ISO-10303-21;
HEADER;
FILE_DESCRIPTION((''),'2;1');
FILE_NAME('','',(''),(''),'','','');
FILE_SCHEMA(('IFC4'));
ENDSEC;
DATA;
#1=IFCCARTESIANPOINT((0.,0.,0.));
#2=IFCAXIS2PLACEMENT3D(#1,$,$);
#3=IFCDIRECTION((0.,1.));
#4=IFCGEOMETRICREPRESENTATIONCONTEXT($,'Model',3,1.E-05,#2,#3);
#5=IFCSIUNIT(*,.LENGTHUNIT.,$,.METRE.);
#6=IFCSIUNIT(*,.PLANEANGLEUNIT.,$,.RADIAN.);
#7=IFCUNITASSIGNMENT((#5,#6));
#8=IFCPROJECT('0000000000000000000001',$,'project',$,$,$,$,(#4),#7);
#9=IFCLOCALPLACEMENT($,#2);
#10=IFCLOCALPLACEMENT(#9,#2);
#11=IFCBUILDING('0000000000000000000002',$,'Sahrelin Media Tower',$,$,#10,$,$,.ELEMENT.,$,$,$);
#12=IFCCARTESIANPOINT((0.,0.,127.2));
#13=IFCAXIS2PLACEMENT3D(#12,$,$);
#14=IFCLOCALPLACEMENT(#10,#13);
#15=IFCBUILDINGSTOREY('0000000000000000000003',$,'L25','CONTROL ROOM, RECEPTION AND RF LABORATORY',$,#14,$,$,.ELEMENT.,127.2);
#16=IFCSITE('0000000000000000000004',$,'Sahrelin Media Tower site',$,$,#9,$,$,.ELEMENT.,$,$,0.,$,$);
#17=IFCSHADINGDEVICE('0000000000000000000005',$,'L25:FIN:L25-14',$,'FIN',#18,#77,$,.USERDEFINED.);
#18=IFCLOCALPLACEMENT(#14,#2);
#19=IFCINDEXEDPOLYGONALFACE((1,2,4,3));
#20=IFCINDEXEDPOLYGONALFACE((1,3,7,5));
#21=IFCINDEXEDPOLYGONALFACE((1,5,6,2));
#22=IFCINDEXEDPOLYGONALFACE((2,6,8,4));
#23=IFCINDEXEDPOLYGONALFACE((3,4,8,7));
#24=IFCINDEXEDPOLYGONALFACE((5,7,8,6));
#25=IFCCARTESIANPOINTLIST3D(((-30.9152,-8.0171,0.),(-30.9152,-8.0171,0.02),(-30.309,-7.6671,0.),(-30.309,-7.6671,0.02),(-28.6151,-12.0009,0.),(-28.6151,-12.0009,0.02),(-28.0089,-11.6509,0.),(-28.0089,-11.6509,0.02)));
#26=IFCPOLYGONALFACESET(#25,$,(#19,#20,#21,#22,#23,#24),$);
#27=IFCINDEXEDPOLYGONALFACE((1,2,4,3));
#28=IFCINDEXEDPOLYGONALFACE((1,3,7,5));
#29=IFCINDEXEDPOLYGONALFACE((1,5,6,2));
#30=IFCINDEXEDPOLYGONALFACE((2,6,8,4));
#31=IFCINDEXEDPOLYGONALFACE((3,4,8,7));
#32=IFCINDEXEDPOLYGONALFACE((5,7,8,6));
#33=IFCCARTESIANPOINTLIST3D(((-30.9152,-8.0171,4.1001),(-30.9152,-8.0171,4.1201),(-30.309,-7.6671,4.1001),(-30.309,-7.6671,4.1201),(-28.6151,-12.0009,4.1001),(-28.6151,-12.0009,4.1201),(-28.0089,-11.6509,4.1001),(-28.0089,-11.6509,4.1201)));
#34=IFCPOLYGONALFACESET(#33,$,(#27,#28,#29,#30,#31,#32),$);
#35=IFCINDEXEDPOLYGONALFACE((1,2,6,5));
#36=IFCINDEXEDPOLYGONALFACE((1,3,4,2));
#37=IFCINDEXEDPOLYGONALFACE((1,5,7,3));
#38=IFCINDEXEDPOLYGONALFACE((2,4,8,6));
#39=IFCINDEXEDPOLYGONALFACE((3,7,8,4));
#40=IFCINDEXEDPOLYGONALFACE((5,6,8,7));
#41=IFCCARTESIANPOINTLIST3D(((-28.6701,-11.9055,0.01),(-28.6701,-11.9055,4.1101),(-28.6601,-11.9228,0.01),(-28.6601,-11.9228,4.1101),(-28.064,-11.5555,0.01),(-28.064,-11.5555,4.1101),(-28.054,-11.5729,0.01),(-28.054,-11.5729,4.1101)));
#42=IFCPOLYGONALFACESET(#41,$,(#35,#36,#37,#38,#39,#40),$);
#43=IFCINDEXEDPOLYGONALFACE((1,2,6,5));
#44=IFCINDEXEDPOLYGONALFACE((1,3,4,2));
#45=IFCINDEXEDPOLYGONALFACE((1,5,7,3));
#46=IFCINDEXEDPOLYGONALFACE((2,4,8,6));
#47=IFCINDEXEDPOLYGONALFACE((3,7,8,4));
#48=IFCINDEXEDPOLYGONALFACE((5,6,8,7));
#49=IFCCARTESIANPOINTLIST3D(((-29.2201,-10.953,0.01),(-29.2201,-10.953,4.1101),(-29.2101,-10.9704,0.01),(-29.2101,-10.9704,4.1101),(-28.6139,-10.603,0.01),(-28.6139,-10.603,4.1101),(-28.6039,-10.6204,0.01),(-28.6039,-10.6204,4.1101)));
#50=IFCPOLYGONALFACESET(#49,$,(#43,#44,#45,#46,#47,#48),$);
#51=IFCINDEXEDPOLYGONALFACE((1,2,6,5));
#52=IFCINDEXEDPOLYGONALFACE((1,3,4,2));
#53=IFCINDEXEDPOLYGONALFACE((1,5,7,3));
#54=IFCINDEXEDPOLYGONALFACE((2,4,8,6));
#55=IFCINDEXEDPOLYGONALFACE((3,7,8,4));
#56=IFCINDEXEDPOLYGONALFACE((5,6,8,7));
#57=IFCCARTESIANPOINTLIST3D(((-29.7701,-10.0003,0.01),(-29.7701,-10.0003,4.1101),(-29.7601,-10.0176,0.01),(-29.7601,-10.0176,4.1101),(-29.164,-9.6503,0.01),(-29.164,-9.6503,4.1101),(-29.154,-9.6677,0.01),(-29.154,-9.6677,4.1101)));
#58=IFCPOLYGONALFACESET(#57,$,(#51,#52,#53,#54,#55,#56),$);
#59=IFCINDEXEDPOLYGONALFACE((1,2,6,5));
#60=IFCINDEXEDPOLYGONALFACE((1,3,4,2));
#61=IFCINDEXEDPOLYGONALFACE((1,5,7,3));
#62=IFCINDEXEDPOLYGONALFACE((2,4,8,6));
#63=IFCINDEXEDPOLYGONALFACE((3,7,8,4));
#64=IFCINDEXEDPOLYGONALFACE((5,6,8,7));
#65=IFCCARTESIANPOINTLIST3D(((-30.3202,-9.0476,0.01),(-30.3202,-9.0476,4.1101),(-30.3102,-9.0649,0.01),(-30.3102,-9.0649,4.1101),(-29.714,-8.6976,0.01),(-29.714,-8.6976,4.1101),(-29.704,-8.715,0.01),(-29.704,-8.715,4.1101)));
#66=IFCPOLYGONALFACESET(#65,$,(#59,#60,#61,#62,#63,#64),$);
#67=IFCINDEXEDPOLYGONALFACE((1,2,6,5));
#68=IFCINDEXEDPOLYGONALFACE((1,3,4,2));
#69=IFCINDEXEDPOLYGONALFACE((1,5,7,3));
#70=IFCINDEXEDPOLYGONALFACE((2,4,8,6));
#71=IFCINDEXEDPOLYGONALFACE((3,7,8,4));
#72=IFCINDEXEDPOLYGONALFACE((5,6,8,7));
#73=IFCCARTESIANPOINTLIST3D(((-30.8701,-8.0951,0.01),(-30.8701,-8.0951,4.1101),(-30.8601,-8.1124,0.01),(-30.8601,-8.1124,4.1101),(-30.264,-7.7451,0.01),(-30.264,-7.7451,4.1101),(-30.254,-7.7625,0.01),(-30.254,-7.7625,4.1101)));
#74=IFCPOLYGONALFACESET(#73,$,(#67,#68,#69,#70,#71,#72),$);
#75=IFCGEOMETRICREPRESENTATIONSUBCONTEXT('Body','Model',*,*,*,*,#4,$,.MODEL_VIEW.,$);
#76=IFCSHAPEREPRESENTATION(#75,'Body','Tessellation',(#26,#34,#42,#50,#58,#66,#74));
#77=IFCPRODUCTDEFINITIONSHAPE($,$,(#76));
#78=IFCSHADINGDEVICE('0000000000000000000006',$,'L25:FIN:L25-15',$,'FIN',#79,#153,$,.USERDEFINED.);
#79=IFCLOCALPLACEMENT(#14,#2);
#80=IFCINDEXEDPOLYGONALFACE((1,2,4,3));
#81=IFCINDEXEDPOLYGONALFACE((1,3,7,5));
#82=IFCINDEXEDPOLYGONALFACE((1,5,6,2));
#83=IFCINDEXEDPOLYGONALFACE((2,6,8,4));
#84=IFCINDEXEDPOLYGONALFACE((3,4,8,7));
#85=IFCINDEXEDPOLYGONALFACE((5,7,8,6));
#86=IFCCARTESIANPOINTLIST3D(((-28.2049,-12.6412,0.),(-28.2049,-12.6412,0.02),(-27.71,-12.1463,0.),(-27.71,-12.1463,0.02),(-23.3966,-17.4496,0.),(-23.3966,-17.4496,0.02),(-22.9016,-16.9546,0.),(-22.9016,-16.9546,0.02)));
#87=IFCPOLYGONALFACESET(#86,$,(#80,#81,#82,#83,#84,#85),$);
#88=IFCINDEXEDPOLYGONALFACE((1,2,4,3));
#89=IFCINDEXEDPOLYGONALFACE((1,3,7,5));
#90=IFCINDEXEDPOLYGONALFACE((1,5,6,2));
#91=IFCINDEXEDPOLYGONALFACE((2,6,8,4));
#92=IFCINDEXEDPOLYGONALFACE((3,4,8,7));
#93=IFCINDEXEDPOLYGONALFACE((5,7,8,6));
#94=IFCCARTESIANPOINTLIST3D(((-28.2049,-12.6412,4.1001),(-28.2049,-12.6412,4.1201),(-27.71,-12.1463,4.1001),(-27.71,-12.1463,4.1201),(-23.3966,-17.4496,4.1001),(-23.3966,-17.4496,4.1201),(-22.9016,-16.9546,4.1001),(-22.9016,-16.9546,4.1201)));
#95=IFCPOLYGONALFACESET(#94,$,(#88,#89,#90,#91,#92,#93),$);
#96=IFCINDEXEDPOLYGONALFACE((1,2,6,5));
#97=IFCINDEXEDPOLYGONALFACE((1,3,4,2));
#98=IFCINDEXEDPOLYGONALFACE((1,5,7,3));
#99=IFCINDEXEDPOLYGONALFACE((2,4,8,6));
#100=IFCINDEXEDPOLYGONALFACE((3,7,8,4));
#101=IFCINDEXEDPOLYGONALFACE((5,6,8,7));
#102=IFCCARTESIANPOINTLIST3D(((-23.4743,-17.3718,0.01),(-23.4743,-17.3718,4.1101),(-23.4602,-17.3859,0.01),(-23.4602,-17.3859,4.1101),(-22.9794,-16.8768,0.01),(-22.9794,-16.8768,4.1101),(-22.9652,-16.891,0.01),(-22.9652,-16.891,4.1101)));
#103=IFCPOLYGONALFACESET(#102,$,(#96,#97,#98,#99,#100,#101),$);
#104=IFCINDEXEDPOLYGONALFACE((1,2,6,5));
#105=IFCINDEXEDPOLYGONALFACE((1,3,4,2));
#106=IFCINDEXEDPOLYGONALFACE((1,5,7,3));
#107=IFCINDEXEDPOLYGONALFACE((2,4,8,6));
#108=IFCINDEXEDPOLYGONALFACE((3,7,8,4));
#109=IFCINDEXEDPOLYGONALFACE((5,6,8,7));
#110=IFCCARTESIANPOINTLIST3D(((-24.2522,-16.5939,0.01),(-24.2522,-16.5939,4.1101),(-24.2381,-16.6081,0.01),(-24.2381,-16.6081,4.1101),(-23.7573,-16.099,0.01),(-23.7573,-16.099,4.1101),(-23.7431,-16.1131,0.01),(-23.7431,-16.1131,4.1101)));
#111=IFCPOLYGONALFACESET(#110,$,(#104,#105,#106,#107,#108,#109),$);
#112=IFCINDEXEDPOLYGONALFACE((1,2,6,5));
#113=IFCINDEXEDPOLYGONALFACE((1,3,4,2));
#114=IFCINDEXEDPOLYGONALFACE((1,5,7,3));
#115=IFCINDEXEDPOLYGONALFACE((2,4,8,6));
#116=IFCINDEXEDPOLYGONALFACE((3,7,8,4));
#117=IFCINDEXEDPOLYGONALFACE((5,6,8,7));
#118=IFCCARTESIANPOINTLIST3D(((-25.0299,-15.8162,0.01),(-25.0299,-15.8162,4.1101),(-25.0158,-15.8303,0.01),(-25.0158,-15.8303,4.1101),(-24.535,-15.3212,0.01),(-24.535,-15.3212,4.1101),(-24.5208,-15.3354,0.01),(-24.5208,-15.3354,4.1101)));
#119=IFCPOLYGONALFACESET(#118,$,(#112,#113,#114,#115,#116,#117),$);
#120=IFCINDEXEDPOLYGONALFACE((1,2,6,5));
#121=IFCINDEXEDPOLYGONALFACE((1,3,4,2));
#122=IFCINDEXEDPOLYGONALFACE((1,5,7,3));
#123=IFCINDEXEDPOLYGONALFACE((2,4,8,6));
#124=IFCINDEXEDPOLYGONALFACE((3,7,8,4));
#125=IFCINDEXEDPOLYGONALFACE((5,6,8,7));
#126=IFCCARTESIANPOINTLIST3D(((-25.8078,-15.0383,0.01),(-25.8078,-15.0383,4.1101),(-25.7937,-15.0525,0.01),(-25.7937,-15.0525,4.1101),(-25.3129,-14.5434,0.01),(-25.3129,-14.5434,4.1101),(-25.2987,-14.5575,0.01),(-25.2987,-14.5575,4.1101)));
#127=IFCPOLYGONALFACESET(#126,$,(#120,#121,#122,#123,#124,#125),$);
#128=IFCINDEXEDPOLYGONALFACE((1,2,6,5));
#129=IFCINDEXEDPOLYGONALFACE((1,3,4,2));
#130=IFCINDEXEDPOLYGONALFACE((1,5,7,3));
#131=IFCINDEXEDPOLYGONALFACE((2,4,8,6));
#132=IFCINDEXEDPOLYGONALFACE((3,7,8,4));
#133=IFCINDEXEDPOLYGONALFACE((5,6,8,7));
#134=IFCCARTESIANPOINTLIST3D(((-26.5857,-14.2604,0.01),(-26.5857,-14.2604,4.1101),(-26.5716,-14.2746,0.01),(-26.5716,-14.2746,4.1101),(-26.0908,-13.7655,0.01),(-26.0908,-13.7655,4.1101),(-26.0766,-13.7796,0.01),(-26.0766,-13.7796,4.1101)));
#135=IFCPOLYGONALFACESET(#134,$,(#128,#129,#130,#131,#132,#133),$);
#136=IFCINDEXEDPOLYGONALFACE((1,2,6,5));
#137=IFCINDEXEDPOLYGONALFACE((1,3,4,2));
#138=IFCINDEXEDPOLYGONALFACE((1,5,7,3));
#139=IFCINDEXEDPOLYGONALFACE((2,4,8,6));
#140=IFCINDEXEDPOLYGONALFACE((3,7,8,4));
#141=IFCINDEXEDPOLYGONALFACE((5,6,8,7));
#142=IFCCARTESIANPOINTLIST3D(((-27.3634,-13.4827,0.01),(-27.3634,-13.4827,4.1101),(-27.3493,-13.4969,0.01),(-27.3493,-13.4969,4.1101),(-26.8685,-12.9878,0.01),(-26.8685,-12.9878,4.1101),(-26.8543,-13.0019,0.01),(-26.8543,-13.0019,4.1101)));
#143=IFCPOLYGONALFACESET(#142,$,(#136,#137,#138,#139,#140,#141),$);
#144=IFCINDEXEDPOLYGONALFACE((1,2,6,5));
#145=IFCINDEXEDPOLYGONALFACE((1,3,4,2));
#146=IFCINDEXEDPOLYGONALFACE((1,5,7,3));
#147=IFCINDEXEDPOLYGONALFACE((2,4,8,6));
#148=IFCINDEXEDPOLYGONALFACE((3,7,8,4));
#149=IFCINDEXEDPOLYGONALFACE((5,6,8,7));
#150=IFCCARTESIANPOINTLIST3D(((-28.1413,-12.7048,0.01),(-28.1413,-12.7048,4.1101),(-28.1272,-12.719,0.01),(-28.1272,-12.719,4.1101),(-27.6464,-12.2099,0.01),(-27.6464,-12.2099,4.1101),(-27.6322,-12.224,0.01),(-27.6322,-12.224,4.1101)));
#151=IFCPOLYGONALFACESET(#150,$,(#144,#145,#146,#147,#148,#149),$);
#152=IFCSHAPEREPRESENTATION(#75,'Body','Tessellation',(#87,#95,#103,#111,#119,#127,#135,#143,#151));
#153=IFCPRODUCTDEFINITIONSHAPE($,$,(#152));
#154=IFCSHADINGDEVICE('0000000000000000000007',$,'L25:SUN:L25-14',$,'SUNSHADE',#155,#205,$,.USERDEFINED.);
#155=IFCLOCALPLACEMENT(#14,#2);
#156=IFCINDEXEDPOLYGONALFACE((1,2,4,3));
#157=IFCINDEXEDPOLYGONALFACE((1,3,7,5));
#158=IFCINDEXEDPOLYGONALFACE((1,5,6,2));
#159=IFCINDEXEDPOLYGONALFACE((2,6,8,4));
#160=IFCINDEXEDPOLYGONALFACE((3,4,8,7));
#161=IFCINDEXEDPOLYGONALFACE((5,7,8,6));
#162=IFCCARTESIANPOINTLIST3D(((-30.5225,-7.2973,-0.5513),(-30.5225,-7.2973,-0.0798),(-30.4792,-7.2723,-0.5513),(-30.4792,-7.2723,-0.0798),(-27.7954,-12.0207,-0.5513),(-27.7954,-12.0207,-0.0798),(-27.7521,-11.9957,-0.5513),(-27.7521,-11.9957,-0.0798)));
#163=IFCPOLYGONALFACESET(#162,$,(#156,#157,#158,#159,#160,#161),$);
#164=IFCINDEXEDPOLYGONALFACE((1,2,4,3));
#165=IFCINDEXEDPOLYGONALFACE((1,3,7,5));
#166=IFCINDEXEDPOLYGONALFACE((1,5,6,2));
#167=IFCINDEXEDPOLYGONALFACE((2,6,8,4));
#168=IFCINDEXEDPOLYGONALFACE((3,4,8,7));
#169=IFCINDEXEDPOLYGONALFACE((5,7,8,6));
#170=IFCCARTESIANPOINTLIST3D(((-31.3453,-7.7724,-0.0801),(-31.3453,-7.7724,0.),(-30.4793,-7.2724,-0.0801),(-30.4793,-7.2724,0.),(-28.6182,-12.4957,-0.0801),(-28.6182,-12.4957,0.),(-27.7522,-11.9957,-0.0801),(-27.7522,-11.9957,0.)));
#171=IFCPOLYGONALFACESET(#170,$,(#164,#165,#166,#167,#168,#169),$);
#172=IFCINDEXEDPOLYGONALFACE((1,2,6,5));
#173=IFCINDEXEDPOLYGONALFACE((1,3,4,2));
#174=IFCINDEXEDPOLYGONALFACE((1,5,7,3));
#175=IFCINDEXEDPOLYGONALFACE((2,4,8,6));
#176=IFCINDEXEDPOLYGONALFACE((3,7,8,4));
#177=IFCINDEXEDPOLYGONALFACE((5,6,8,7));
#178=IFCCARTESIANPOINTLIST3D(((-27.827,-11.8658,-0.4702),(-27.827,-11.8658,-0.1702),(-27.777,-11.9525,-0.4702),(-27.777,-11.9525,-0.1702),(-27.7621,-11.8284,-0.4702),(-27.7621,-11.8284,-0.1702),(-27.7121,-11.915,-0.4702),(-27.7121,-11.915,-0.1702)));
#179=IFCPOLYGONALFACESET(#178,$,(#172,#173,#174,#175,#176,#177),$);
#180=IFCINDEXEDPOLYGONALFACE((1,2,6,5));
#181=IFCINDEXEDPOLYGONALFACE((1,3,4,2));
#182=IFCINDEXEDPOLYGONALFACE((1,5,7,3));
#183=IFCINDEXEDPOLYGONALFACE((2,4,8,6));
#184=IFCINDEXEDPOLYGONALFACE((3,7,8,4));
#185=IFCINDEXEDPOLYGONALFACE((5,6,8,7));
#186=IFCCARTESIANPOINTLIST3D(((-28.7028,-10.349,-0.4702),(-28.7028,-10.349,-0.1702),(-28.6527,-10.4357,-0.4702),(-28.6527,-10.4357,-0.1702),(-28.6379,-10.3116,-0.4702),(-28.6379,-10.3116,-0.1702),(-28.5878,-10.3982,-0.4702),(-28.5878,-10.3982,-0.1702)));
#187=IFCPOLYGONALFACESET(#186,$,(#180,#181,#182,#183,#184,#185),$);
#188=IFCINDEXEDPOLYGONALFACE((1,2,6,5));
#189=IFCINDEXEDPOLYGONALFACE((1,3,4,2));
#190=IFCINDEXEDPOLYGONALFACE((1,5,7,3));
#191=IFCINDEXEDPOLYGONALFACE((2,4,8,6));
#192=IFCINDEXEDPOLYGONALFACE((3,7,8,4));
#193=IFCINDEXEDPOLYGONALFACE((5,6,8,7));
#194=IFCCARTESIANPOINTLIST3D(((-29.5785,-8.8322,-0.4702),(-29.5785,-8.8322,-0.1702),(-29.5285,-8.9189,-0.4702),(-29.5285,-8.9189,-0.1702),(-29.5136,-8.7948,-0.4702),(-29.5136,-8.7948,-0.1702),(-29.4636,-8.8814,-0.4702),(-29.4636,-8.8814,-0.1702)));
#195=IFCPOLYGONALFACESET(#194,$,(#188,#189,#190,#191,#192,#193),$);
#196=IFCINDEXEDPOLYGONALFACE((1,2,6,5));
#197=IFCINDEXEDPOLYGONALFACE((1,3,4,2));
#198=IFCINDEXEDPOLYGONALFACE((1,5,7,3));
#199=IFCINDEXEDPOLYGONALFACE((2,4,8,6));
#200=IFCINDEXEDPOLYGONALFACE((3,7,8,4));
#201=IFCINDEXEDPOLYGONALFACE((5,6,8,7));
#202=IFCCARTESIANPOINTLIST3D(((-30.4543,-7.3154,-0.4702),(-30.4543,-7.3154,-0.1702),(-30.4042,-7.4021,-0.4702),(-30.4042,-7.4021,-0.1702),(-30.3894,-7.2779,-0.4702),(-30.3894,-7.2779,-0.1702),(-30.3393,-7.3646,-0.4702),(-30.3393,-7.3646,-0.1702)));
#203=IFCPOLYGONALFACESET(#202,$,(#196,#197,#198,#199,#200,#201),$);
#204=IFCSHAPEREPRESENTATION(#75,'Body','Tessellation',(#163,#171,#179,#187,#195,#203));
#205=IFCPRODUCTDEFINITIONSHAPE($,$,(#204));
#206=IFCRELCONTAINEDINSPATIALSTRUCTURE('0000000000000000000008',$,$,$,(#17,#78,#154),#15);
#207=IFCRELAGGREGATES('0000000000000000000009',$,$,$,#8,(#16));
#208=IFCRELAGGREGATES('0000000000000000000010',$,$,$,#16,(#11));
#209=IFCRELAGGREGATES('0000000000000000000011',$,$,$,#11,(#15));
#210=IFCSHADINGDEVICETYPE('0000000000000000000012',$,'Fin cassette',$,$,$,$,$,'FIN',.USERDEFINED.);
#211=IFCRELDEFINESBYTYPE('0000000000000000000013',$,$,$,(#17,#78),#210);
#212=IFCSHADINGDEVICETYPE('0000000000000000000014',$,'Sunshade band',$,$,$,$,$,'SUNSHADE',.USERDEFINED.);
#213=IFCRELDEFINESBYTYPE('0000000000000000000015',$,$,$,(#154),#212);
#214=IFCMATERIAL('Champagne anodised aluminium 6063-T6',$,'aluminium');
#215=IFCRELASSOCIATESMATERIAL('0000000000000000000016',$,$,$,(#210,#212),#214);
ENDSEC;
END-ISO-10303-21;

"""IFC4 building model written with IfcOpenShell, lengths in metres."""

from ifc_helpers import new_model, si_unit, direction, frame, origin, origin_2d, place, context, subcontext, project, spatial, rectangle, extrude, material, type_object, element, save


model = new_model("IFC4")

# Units and contexts
model_context = context("Model", 3, precision=1e-05, world=origin(), true_north=direction((0.0, 1.0)))
body_context = subcontext(model_context, "Body", "Model", "MODEL_VIEW")
ifc_project = project(units=[si_unit("LENGTHUNIT", "METRE"), si_unit("PLANEANGLEUNIT", "RADIAN")], contexts=[model_context])

# Site, building, storey
site_placement = place(None, origin())
site = spatial("IfcSite", under=ifc_project, at=site_placement, Name="Sahrelin Media Tower site", CompositionType="ELEMENT", RefElevation=0.0)
building_placement = place(site_placement, origin())
building = spatial("IfcBuilding", under=site, at=building_placement, Name="Sahrelin Media Tower", CompositionType="ELEMENT")
storey_placement = place(building_placement, frame((0.0, 0.0, 127.2)))
storey = spatial("IfcBuildingStorey", under=building, at=storey_placement, Name="L25", Description="CONTROL ROOM, RECEPTION AND RF LABORATORY", CompositionType="ELEMENT", Elevation=127.2)

# Shared definitions
ifc_material_1 = material(Name="Champagne anodised aluminium 6063-T6", Category="aluminium")

# Shading devices
shading_device_type_1 = type_object("IfcShadingDeviceType", Name="Fin cassette", ElementType="FIN", PredefinedType="USERDEFINED", material=ifc_material_1)
placement_1 = place(storey_placement, frame((-29.0984, -9.624, 0.0), z_axis=(0.0, 0.0, 1.0), x_axis=(-0.500011, 0.866019, 0.0)))
element("IfcShadingDevice", 1, at=placement_1, inside=storey, type_object=shading_device_type_1, Name="L25:FIN:L25-14", ObjectType="FIN", PredefinedType="USERDEFINED", context=body_context, shape_type="SweptSolid", body=[
    extrude(rectangle(XDim=4.6001, YDim=0.7, at=origin_2d()), frame((0.0, 0.4199, 0.0)), (0.0, 0.0, 1.0), 0.02),
    extrude(rectangle(XDim=4.6001, YDim=0.7, at=origin_2d()), frame((0.0, 0.4199, 4.1001)), (0.0, 0.0, 1.0), 0.02),
    extrude(rectangle(XDim=0.02, YDim=0.7, at=origin_2d()), frame((-2.2, 0.4199, 0.01), z_axis=(0.0, 0.0, 1.0), x_axis=(1.0, 0.0, 0.0)), (0.0, 0.0, 1.0), 4.1001),
    extrude(rectangle(XDim=0.02, YDim=0.7, at=origin_2d()), frame((-1.1001, 0.4199, 0.01), z_axis=(0.0, 0.0, 1.0), x_axis=(1.0, 0.0, 0.0)), (0.0, 0.0, 1.0), 4.1001),
    extrude(rectangle(XDim=0.02, YDim=0.7, at=origin_2d()), frame((0.0, 0.4199, 0.01), z_axis=(0.0, 0.0, 1.0), x_axis=(1.0, 0.0, 0.0)), (0.0, 0.0, 1.0), 4.1001),
    extrude(rectangle(XDim=0.02, YDim=0.7, at=origin_2d()), frame((1.1001, 0.4199, 0.01), z_axis=(0.0, 0.0, 1.0), x_axis=(1.0, 0.0, 0.0)), (0.0, 0.0, 1.0), 4.1001),
    extrude(rectangle(XDim=0.02, YDim=0.7, at=origin_2d()), frame((2.2, 0.4199, 0.01), z_axis=(0.0, 0.0, 1.0), x_axis=(1.0, 0.0, 0.0)), (0.0, 0.0, 1.0), 4.1001),
])
placement_2 = place(storey_placement, frame((-25.2563, -14.501, 0.0), z_axis=(0.0, 0.0, 1.0), x_axis=(-0.707107, 0.707107, 0.0)))
element("IfcShadingDevice", 2, at=placement_2, inside=storey, type_object=shading_device_type_1, Name="L25:FIN:L25-15", ObjectType="FIN", PredefinedType="USERDEFINED", context=body_context, shape_type="SweptSolid", body=[
    extrude(rectangle(XDim=6.8, YDim=0.7, at=origin_2d()), frame((0.0, 0.4199, 0.0)), (0.0, 0.0, 1.0), 0.02),
    extrude(rectangle(XDim=6.8, YDim=0.7, at=origin_2d()), frame((0.0, 0.4199, 4.1001)), (0.0, 0.0, 1.0), 0.02),
    extrude(rectangle(XDim=0.02, YDim=0.7, at=origin_2d()), frame((-3.3, 0.4199, 0.01), z_axis=(0.0, 0.0, 1.0), x_axis=(1.0, 0.0, 0.0)), (0.0, 0.0, 1.0), 4.1001),
    extrude(rectangle(XDim=0.02, YDim=0.7, at=origin_2d()), frame((-2.2, 0.4199, 0.01), z_axis=(0.0, 0.0, 1.0), x_axis=(1.0, 0.0, 0.0)), (0.0, 0.0, 1.0), 4.1001),
    extrude(rectangle(XDim=0.02, YDim=0.7, at=origin_2d()), frame((-1.1001, 0.4199, 0.01), z_axis=(0.0, 0.0, 1.0), x_axis=(1.0, 0.0, 0.0)), (0.0, 0.0, 1.0), 4.1001),
    extrude(rectangle(XDim=0.02, YDim=0.7, at=origin_2d()), frame((0.0, 0.4199, 0.01), z_axis=(0.0, 0.0, 1.0), x_axis=(1.0, 0.0, 0.0)), (0.0, 0.0, 1.0), 4.1001),
    extrude(rectangle(XDim=0.02, YDim=0.7, at=origin_2d()), frame((1.1001, 0.4199, 0.01), z_axis=(0.0, 0.0, 1.0), x_axis=(1.0, 0.0, 0.0)), (0.0, 0.0, 1.0), 4.1001),
    extrude(rectangle(XDim=0.02, YDim=0.7, at=origin_2d()), frame((2.2, 0.4199, 0.01), z_axis=(0.0, 0.0, 1.0), x_axis=(1.0, 0.0, 0.0)), (0.0, 0.0, 1.0), 4.1001),
    extrude(rectangle(XDim=0.02, YDim=0.7, at=origin_2d()), frame((3.3, 0.4199, 0.01), z_axis=(0.0, 0.0, 1.0), x_axis=(1.0, 0.0, 0.0)), (0.0, 0.0, 1.0), 4.1001),
])
shading_device_type_2 = type_object("IfcShadingDeviceType", Name="Sunshade band", ElementType="SUNSHADE", PredefinedType="USERDEFINED", material=ifc_material_1)
element("IfcShadingDevice", 3, at=placement_1, inside=storey, type_object=shading_device_type_2, Name="L25:SUN:L25-14", ObjectType="SUNSHADE", PredefinedType="USERDEFINED", context=body_context, shape_type="SweptSolid", body=[
    extrude(rectangle(XDim=5.4541, YDim=0.05, at=origin_2d()), frame((0.0, 0.0449, -0.5513)), (0.0, 0.0, 1.0), 0.4714),
    extrude(rectangle(XDim=5.4541, YDim=1.0, at=origin_2d()), frame((0.0, 0.52, -0.0801)), (0.0, 0.0, 1.0), 0.0801),
    extrude(rectangle(XDim=0.1001, YDim=0.075, at=origin_2d()), frame((-2.6272, -0.0176, -0.4702)), (0.0, 0.0, 1.0), 0.3),
    extrude(rectangle(XDim=0.1001, YDim=0.075, at=origin_2d()), frame((-0.8757, -0.0176, -0.4702)), (0.0, 0.0, 1.0), 0.3),
    extrude(rectangle(XDim=0.1001, YDim=0.075, at=origin_2d()), frame((0.8757, -0.0176, -0.4702)), (0.0, 0.0, 1.0), 0.3),
    extrude(rectangle(XDim=0.1001, YDim=0.075, at=origin_2d()), frame((2.6272, -0.0176, -0.4702)), (0.0, 0.0, 1.0), 0.3),
])

save(model, "model.ifc")
